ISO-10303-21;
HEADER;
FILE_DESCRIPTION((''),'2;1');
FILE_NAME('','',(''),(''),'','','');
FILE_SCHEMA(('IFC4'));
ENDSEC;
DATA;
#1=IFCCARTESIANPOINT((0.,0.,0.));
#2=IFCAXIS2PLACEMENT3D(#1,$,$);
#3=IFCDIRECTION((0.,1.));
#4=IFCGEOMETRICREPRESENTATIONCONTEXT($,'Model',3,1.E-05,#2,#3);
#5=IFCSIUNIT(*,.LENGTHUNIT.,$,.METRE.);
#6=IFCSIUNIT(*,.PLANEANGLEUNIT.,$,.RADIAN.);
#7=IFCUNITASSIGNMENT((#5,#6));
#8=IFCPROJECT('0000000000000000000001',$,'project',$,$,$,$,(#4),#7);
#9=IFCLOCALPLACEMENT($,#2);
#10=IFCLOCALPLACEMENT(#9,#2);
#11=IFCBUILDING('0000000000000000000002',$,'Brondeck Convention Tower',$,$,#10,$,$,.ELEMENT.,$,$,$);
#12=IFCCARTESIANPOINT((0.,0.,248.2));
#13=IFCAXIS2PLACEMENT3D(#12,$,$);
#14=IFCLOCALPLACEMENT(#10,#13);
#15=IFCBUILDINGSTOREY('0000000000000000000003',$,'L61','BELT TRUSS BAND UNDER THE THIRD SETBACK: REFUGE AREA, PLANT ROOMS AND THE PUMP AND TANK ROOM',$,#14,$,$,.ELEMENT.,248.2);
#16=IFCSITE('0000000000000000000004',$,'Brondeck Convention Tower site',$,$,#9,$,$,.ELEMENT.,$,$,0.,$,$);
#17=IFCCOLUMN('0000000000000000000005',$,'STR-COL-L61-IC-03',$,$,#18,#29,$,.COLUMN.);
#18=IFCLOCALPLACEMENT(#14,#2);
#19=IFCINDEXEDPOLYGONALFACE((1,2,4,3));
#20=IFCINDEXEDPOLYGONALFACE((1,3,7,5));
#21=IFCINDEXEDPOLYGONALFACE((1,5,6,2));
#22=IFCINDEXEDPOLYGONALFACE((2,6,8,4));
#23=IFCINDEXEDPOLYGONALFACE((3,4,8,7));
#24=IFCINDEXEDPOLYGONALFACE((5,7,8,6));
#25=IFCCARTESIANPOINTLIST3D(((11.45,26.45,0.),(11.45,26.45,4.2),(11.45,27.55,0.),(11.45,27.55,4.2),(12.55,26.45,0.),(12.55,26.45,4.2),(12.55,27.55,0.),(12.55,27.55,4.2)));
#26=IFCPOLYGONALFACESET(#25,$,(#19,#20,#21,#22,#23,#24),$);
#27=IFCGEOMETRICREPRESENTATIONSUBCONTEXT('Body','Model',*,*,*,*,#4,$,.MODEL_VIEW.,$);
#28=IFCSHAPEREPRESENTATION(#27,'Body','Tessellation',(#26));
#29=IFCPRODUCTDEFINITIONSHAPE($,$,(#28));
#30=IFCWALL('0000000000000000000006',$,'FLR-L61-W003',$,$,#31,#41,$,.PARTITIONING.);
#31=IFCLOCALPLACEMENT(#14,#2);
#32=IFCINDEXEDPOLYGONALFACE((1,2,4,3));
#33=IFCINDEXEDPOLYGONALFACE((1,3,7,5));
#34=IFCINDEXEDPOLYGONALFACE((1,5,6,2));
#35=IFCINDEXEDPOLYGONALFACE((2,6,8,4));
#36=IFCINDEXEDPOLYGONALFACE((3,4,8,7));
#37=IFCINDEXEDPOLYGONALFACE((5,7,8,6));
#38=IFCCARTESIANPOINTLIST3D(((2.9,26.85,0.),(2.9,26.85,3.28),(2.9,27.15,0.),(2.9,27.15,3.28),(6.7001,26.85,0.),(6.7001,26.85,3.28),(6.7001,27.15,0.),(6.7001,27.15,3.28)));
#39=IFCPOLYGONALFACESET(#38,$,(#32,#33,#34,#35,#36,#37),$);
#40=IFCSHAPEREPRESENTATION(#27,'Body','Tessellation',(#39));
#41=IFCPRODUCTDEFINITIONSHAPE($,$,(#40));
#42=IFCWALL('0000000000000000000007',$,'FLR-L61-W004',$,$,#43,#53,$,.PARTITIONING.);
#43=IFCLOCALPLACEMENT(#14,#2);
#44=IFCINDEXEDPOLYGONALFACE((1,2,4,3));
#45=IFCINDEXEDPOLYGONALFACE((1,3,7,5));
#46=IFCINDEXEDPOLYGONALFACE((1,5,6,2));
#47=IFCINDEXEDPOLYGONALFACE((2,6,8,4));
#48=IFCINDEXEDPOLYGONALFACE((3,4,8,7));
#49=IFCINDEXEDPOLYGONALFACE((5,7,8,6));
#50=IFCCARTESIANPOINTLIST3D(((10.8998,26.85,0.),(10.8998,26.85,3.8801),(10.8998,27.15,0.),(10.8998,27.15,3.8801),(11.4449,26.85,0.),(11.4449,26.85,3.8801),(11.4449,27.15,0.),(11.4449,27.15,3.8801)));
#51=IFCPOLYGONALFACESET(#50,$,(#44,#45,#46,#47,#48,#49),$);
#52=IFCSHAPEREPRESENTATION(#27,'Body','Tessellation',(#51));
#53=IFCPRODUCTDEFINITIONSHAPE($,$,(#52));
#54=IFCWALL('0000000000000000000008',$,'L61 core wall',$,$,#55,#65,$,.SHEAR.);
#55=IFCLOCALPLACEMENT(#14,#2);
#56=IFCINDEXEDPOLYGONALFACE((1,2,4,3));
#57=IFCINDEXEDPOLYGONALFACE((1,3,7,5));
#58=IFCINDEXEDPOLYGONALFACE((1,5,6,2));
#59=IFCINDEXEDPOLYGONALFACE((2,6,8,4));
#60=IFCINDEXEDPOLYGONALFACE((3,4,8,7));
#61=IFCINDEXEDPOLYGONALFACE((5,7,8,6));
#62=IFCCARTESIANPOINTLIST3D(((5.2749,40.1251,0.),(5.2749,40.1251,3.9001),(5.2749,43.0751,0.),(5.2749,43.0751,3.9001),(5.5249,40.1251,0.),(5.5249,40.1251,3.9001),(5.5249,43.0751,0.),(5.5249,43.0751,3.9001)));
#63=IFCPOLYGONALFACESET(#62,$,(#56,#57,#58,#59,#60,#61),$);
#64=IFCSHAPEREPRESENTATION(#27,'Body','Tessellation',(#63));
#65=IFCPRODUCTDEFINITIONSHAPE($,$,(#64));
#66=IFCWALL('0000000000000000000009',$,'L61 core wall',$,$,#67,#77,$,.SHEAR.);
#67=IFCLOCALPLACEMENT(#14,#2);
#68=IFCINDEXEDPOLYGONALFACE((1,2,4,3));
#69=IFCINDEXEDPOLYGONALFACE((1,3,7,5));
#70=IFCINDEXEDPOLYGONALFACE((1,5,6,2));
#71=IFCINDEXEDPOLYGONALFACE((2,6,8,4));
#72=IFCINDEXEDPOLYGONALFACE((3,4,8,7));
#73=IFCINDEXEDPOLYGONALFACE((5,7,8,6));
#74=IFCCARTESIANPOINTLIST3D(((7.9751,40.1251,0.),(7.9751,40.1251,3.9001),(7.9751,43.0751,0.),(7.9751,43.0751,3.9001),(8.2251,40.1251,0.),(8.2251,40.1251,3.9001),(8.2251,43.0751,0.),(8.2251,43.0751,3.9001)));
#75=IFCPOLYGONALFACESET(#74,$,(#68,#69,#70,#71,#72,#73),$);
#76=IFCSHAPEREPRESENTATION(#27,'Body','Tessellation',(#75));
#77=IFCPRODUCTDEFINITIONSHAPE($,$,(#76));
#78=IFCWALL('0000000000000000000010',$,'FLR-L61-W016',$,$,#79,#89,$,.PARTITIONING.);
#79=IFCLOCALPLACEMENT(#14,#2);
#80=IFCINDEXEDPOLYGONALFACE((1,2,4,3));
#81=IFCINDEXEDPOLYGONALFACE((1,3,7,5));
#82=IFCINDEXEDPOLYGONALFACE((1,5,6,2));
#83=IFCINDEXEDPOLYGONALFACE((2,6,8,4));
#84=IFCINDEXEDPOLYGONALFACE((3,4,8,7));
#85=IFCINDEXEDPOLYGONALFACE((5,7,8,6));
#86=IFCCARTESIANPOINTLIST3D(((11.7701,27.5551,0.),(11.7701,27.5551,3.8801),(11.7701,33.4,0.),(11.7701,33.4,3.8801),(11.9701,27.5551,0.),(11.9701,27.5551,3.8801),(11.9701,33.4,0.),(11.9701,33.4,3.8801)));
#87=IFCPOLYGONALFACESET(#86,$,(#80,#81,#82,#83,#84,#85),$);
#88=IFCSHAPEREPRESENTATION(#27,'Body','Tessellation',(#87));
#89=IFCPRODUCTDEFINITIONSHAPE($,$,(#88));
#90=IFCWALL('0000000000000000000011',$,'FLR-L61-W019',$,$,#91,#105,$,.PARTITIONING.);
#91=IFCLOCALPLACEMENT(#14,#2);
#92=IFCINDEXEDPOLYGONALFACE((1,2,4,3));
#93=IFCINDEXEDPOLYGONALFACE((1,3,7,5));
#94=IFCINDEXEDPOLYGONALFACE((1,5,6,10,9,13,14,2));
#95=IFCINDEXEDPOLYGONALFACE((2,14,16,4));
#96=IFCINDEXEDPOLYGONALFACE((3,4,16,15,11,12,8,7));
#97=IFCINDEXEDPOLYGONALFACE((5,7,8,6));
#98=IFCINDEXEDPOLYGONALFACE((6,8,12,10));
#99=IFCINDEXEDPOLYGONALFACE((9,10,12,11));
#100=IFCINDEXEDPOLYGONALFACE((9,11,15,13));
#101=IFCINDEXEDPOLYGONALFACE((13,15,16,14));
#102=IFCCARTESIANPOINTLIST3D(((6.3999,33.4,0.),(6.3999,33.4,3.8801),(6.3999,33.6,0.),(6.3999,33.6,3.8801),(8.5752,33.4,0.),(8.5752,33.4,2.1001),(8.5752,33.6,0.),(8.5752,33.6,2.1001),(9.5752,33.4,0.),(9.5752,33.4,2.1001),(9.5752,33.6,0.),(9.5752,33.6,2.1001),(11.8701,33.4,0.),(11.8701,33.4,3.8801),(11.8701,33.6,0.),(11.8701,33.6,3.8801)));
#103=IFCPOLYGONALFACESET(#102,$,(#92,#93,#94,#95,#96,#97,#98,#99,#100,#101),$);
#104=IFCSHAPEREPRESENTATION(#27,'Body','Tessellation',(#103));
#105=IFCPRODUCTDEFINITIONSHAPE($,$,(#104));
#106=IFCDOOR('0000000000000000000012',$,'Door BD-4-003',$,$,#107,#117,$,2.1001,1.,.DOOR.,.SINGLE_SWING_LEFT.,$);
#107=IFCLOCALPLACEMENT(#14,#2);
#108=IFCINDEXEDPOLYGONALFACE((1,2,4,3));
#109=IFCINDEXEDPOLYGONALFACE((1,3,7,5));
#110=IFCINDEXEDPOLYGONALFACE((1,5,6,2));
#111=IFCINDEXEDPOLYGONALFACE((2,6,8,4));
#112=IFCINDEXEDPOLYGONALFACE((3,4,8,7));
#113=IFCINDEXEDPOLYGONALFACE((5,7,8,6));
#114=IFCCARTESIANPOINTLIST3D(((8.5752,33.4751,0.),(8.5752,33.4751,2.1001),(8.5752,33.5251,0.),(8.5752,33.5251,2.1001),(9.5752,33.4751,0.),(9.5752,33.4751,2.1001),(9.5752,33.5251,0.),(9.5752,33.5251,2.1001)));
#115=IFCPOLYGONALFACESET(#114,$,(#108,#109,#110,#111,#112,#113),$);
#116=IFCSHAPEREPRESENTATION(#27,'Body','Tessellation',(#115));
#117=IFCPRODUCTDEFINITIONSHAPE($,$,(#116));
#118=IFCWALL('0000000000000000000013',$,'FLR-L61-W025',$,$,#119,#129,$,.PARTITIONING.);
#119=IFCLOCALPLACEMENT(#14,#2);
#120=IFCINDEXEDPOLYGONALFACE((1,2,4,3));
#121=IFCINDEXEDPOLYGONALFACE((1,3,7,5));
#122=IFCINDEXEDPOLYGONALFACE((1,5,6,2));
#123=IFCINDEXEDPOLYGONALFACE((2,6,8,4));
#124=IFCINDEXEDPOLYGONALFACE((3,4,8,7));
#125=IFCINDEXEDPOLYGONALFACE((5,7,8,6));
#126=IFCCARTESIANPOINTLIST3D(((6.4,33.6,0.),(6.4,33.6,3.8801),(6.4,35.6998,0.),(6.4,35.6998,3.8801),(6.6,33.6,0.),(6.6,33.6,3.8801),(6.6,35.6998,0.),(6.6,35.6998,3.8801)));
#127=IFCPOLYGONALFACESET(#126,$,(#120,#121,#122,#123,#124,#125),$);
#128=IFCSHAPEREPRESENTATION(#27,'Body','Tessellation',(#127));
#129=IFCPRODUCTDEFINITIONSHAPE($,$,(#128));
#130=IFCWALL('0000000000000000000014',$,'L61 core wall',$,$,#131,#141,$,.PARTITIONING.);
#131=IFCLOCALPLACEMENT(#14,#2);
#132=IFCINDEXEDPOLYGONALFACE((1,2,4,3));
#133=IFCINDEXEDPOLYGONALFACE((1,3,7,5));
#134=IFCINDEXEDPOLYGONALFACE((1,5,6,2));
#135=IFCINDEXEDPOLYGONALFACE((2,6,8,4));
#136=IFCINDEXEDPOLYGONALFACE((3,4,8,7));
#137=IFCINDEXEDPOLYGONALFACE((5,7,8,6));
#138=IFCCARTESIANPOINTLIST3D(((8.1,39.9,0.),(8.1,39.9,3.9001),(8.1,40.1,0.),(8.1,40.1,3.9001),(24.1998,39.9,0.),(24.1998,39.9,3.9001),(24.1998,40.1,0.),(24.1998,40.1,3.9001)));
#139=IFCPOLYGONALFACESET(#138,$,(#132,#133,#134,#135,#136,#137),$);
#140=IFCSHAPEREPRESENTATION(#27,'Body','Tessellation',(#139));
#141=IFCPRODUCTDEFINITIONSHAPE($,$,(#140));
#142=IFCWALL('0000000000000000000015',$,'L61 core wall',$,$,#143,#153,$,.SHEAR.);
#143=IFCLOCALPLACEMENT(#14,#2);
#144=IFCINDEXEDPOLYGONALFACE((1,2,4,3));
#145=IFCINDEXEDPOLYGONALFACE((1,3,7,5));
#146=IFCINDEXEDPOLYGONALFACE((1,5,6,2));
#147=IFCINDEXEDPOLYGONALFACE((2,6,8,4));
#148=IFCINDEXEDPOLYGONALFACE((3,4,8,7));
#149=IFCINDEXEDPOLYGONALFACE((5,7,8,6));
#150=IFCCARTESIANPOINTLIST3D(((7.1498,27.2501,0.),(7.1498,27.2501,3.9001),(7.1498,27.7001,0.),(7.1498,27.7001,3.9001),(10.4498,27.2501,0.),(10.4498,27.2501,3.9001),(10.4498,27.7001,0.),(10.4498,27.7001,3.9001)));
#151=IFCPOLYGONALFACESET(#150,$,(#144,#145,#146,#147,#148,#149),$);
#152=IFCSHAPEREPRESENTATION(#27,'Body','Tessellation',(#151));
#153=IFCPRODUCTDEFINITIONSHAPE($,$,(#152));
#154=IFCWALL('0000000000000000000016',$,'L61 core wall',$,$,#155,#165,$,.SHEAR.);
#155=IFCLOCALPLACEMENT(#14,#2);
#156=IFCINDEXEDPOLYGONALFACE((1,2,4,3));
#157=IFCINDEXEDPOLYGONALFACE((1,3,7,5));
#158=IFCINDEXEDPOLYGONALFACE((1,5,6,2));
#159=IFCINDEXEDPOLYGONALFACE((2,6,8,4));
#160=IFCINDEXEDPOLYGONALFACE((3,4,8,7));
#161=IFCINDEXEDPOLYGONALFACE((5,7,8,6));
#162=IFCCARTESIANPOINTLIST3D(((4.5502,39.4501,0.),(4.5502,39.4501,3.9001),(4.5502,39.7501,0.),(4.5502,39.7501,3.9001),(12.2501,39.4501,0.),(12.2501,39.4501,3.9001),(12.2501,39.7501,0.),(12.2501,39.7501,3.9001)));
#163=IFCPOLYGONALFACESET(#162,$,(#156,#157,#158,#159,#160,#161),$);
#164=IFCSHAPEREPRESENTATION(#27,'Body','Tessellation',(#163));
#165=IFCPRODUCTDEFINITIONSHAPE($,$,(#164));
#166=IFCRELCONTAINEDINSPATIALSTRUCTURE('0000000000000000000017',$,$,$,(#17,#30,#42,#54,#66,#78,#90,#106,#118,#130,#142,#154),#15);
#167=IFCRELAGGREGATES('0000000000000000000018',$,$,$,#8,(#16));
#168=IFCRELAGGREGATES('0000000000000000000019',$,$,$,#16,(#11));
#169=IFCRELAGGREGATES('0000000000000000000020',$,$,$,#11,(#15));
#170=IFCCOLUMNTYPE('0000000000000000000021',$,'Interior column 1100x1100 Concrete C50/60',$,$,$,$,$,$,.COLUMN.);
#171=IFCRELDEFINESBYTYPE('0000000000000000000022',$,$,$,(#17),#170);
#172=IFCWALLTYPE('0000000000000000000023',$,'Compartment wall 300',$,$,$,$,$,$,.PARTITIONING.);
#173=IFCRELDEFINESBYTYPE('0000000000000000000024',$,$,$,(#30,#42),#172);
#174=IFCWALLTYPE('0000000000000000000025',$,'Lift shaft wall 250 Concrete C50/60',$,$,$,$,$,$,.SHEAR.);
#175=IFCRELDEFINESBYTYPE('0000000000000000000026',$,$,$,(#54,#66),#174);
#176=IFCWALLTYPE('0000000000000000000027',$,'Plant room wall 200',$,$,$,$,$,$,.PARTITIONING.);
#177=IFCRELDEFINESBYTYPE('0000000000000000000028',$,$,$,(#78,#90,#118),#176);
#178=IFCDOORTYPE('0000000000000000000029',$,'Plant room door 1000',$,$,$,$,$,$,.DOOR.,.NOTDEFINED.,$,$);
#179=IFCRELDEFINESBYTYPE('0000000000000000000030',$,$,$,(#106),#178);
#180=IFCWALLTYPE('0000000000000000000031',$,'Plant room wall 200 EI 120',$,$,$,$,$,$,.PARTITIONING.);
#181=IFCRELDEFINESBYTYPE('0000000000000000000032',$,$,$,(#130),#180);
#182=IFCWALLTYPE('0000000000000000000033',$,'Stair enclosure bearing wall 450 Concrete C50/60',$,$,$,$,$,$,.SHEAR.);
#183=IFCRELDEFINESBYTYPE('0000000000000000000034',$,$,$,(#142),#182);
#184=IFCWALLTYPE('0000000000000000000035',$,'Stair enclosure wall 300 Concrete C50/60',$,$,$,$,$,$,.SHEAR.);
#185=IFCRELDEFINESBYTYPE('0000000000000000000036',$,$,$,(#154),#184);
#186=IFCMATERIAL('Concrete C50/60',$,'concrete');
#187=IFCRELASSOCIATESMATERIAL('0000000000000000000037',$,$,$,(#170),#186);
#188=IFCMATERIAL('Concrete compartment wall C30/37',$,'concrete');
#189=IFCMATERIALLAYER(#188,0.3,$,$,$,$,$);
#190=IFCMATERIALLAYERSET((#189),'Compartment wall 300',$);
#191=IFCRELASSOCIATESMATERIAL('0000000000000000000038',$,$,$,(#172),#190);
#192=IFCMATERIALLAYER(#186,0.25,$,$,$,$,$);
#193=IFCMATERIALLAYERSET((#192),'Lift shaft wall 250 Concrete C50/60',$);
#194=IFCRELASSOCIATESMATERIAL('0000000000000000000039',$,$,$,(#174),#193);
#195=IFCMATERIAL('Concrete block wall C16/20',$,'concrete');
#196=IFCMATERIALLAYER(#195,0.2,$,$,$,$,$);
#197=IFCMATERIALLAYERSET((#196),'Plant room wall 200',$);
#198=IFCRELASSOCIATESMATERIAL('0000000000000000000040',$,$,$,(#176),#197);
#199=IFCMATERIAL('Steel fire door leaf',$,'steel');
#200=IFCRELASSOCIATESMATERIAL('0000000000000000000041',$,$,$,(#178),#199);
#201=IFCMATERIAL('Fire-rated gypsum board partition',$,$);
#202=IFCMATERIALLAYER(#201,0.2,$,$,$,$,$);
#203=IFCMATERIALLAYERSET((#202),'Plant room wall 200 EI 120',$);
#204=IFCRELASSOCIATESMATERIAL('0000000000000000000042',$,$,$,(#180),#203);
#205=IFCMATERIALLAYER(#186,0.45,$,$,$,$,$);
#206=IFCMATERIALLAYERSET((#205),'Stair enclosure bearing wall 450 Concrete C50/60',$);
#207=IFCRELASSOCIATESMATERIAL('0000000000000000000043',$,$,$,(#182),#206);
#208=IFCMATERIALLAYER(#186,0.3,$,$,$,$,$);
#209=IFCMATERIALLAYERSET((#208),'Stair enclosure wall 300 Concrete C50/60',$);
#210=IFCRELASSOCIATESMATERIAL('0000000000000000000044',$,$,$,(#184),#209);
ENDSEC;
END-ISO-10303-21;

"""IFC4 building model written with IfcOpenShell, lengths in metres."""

from ifc_helpers import new_model, si_unit, direction, frame, frame_2d, origin, origin_2d, place, context, subcontext, project, spatial, rectangle, extrude, material, layer, layer_set, material_profile, profile_set, type_object, element, fill, save


model = new_model("IFC4")

# Units and contexts
model_context = context("Model", 3, precision=1e-05, world=origin(), true_north=direction((0.0, 1.0)))
body_context = subcontext(model_context, "Body", "Model", "MODEL_VIEW")
ifc_project = project(units=[si_unit("LENGTHUNIT", "METRE"), si_unit("PLANEANGLEUNIT", "RADIAN")], contexts=[model_context])

# Site, building, storey
site_placement = place(None, origin())
site = spatial("IfcSite", under=ifc_project, at=site_placement, Name="Brondeck Convention Tower site", CompositionType="ELEMENT", RefElevation=0.0)
building_placement = place(site_placement, origin())
building = spatial("IfcBuilding", under=site, at=building_placement, Name="Brondeck Convention Tower", CompositionType="ELEMENT")
storey_placement = place(building_placement, frame((0.0, 0.0, 248.2)))
storey = spatial("IfcBuildingStorey", under=building, at=storey_placement, Name="L61", Description="BELT TRUSS BAND UNDER THE THIRD SETBACK: REFUGE AREA, PLANT ROOMS AND THE PUMP AND TANK ROOM", CompositionType="ELEMENT", Elevation=248.2)

# Column
ifc_material_1 = material(Name="Concrete C50/60", Category="concrete")
ifc_material_profile = material_profile(ifc_material_1, rectangle(XDim=1.1001, YDim=1.1001, at=origin_2d()), Name="Interior column 1100x1100 Concrete C50/60")
ifc_profile_set = profile_set([ifc_material_profile], Name="Concrete C50/60")
column_type = type_object("IfcColumnType", Name="Interior column 1100x1100 Concrete C50/60", PredefinedType="COLUMN", material=ifc_profile_set)
column_placement = place(storey_placement, frame((12.0, 27.0, 0.0), z_axis=(0.0, 0.0, 1.0), x_axis=(1.0, 0.0, 0.0)))
element("IfcColumn", 1, at=column_placement, inside=storey, type_object=column_type, Name="STR-COL-L61-IC-03", PredefinedType="COLUMN", context=body_context, shape_type="SweptSolid", body=[
    extrude(rectangle(XDim=1.1001, YDim=1.1001, at=origin_2d()), origin(), (0.0, 0.0, 1.0), 4.2),
])

# Walls
ifc_material_2 = material(Name="Concrete compartment wall C30/37", Category="concrete")
ifc_layer_1 = layer(ifc_material_2, 0.3)
ifc_layer_set_1 = layer_set([ifc_layer_1], Name="Compartment wall 300")
wall_type_1 = type_object("IfcWallType", Name="Compartment wall 300", PredefinedType="PARTITIONING", material=ifc_layer_set_1)
wall_1_placement = place(storey_placement, frame((6.7, 27.0, 0.0), z_axis=(0.0, 0.0, 1.0), x_axis=(-1.0, 0.0, 0.0)))
element("IfcWall", 2, at=wall_1_placement, inside=storey, type_object=wall_type_1, Name="FLR-L61-W003", PredefinedType="PARTITIONING", context=body_context, shape_type="SweptSolid", body=[
    extrude(rectangle(XDim=3.8, YDim=0.3, at=frame_2d((1.8999, 0.0))), origin(), (0.0, 0.0, 1.0), 3.28),
])
wall_2_placement = place(storey_placement, frame((10.8999, 27.0, 0.0), z_axis=(0.0, 0.0, 1.0), x_axis=(1.0, 0.0, 0.0)))
element("IfcWall", 3, at=wall_2_placement, inside=storey, type_object=wall_type_1, Name="FLR-L61-W004", PredefinedType="PARTITIONING", context=body_context, shape_type="SweptSolid", body=[
    extrude(rectangle(XDim=0.5452, YDim=0.3, at=frame_2d((0.2725, 0.0))), origin(), (0.0, 0.0, 1.0), 3.8801),
])
ifc_layer_2 = layer(ifc_material_1, 0.25)
ifc_layer_set_2 = layer_set([ifc_layer_2], Name="Lift shaft wall 250 Concrete C50/60")
wall_type_2 = type_object("IfcWallType", Name="Lift shaft wall 250 Concrete C50/60", PredefinedType="SHEAR", material=ifc_layer_set_2)
for number, where, z_axis, x_axis, name in (
    (4, (5.3999, 40.125, 0.0), (0.0, 0.0, 1.0), (0.0, 1.0, 0.0), "L61 core wall"),
    (5, (8.1001, 40.125, 0.0), (0.0, 0.0, 1.0), (0.0, 1.0, 0.0), "L61 core wall"),
):
    element("IfcWall", number, at=place(storey_placement, frame(where, z_axis=z_axis, x_axis=x_axis)), inside=storey, type_object=wall_type_2, Name=name, PredefinedType="SHEAR", context=body_context, shape_type="SweptSolid", body=[
        extrude(rectangle(XDim=2.95, YDim=0.25, at=frame_2d((1.4751, 0.0))), origin(), (0.0, 0.0, 1.0), 3.9001),
    ])
ifc_material_3 = material(Name="Concrete block wall C16/20", Category="concrete")
ifc_layer_3 = layer(ifc_material_3, 0.2)
ifc_layer_set_3 = layer_set([ifc_layer_3], Name="Plant room wall 200")
wall_type_3 = type_object("IfcWallType", Name="Plant room wall 200", PredefinedType="PARTITIONING", material=ifc_layer_set_3)
wall_3_placement = place(storey_placement, frame((11.8701, 33.3999, 0.0), z_axis=(0.0, 0.0, 1.0), x_axis=(0.0, -1.0, 0.0)))
element("IfcWall", 6, at=wall_3_placement, inside=storey, type_object=wall_type_3, Name="FLR-L61-W016", PredefinedType="PARTITIONING", context=body_context, shape_type="SweptSolid", body=[
    extrude(rectangle(XDim=5.845, YDim=0.2, at=frame_2d((2.9224, 0.0))), origin(), (0.0, 0.0, 1.0), 3.8801),
])

# Wall, opening, door
wall_4_placement = place(storey_placement, frame((11.8701, 33.5, 0.0), z_axis=(0.0, 0.0, 1.0), x_axis=(-1.0, 0.0, 0.0)))
wall_4 = element("IfcWall", 7, at=wall_4_placement, inside=storey, type_object=wall_type_3, Name="FLR-L61-W019", PredefinedType="PARTITIONING", context=body_context, shape_type="SweptSolid", body=[
    extrude(rectangle(XDim=5.4702, YDim=0.2, at=frame_2d((2.7351, 0.0))), origin(), (0.0, 0.0, 1.0), 3.8801),
])
opening_placement = place(wall_4_placement, frame((2.2949, 0.0, 0.0)))
opening = element("IfcOpeningElement", 8, at=opening_placement, cuts=wall_4, PredefinedType="OPENING", context=body_context, shape_type="SweptSolid", body=[
    extrude(rectangle(XDim=1.0, YDim=2.1001, at=frame_2d((0.5, 1.05))), frame((0.0, 0.1099, 0.0), z_axis=(0.0, -1.0, 0.0), x_axis=(1.0, 0.0, 0.0)), (0.0, 0.0, 1.0), 0.22),
])
ifc_material_4 = material(Name="Steel fire door leaf", Category="steel")
door_type = type_object("IfcDoorType", Name="Plant room door 1000", OperationType="NOTDEFINED", PredefinedType="DOOR", material=ifc_material_4)
door_placement = place(opening_placement, origin())
door = element("IfcDoor", 9, at=door_placement, inside=storey, type_object=door_type, Name="Door BD-4-003", OperationType="SINGLE_SWING_LEFT", OverallHeight=2.1001, OverallWidth=1.0, PredefinedType="DOOR", context=body_context, shape_type="SweptSolid", body=[
    extrude(rectangle(XDim=1.0, YDim=2.1001, at=frame_2d((0.5, 1.05))), frame((0.0, 0.0249, 0.0), z_axis=(0.0, -1.0, 0.0), x_axis=(1.0, 0.0, 0.0)), (0.0, 0.0, 1.0), 0.05),
])
fill(opening, door)

# Walls
wall_5_placement = place(storey_placement, frame((6.5, 33.6001, 0.0), z_axis=(0.0, 0.0, 1.0), x_axis=(0.0, 1.0, 0.0)))
element("IfcWall", 10, at=wall_5_placement, inside=storey, type_object=wall_type_3, Name="FLR-L61-W025", PredefinedType="PARTITIONING", context=body_context, shape_type="SweptSolid", body=[
    extrude(rectangle(XDim=2.0999, YDim=0.2, at=frame_2d((1.0498, 0.0))), origin(), (0.0, 0.0, 1.0), 3.8801),
])
ifc_material_5 = material(Name="Fire-rated gypsum board partition")
ifc_layer_4 = layer(ifc_material_5, 0.2)
ifc_layer_set_4 = layer_set([ifc_layer_4], Name="Plant room wall 200 EI 120")
wall_type_4 = type_object("IfcWallType", Name="Plant room wall 200 EI 120", PredefinedType="PARTITIONING", material=ifc_layer_set_4)
wall_6_placement = place(storey_placement, frame((8.1001, 40.0, 0.0), z_axis=(0.0, 0.0, 1.0), x_axis=(1.0, 0.0, 0.0)))
element("IfcWall", 11, at=wall_6_placement, inside=storey, type_object=wall_type_4, Name="L61 core wall", PredefinedType="PARTITIONING", context=body_context, shape_type="SweptSolid", body=[
    extrude(rectangle(XDim=16.0999, YDim=0.2, at=frame_2d((8.0498, 0.0))), origin(), (0.0, 0.0, 1.0), 3.9001),
])
ifc_layer_5 = layer(ifc_material_1, 0.45)
ifc_layer_set_5 = layer_set([ifc_layer_5], Name="Stair enclosure bearing wall 450 Concrete C50/60")
wall_type_5 = type_object("IfcWallType", Name="Stair enclosure bearing wall 450 Concrete C50/60", PredefinedType="SHEAR", material=ifc_layer_set_5)
wall_7_placement = place(storey_placement, frame((7.1499, 27.4751, 0.0), z_axis=(0.0, 0.0, 1.0), x_axis=(1.0, 0.0, 0.0)))
element("IfcWall", 12, at=wall_7_placement, inside=storey, type_object=wall_type_5, Name="L61 core wall", PredefinedType="SHEAR", context=body_context, shape_type="SweptSolid", body=[
    extrude(rectangle(XDim=3.3, YDim=0.45, at=frame_2d((1.6499, 0.0))), origin(), (0.0, 0.0, 1.0), 3.9001),
])
ifc_layer_6 = layer(ifc_material_1, 0.3)
ifc_layer_set_6 = layer_set([ifc_layer_6], Name="Stair enclosure wall 300 Concrete C50/60")
wall_type_6 = type_object("IfcWallType", Name="Stair enclosure wall 300 Concrete C50/60", PredefinedType="SHEAR", material=ifc_layer_set_6)
wall_8_placement = place(storey_placement, frame((4.55, 39.6001, 0.0), z_axis=(0.0, 0.0, 1.0), x_axis=(1.0, 0.0, 0.0)))
element("IfcWall", 13, at=wall_8_placement, inside=storey, type_object=wall_type_6, Name="L61 core wall", PredefinedType="SHEAR", context=body_context, shape_type="SweptSolid", body=[
    extrude(rectangle(XDim=7.7, YDim=0.3, at=frame_2d((3.8501, 0.0))), origin(), (0.0, 0.0, 1.0), 3.9001),
])

save(model, "model.ifc")
